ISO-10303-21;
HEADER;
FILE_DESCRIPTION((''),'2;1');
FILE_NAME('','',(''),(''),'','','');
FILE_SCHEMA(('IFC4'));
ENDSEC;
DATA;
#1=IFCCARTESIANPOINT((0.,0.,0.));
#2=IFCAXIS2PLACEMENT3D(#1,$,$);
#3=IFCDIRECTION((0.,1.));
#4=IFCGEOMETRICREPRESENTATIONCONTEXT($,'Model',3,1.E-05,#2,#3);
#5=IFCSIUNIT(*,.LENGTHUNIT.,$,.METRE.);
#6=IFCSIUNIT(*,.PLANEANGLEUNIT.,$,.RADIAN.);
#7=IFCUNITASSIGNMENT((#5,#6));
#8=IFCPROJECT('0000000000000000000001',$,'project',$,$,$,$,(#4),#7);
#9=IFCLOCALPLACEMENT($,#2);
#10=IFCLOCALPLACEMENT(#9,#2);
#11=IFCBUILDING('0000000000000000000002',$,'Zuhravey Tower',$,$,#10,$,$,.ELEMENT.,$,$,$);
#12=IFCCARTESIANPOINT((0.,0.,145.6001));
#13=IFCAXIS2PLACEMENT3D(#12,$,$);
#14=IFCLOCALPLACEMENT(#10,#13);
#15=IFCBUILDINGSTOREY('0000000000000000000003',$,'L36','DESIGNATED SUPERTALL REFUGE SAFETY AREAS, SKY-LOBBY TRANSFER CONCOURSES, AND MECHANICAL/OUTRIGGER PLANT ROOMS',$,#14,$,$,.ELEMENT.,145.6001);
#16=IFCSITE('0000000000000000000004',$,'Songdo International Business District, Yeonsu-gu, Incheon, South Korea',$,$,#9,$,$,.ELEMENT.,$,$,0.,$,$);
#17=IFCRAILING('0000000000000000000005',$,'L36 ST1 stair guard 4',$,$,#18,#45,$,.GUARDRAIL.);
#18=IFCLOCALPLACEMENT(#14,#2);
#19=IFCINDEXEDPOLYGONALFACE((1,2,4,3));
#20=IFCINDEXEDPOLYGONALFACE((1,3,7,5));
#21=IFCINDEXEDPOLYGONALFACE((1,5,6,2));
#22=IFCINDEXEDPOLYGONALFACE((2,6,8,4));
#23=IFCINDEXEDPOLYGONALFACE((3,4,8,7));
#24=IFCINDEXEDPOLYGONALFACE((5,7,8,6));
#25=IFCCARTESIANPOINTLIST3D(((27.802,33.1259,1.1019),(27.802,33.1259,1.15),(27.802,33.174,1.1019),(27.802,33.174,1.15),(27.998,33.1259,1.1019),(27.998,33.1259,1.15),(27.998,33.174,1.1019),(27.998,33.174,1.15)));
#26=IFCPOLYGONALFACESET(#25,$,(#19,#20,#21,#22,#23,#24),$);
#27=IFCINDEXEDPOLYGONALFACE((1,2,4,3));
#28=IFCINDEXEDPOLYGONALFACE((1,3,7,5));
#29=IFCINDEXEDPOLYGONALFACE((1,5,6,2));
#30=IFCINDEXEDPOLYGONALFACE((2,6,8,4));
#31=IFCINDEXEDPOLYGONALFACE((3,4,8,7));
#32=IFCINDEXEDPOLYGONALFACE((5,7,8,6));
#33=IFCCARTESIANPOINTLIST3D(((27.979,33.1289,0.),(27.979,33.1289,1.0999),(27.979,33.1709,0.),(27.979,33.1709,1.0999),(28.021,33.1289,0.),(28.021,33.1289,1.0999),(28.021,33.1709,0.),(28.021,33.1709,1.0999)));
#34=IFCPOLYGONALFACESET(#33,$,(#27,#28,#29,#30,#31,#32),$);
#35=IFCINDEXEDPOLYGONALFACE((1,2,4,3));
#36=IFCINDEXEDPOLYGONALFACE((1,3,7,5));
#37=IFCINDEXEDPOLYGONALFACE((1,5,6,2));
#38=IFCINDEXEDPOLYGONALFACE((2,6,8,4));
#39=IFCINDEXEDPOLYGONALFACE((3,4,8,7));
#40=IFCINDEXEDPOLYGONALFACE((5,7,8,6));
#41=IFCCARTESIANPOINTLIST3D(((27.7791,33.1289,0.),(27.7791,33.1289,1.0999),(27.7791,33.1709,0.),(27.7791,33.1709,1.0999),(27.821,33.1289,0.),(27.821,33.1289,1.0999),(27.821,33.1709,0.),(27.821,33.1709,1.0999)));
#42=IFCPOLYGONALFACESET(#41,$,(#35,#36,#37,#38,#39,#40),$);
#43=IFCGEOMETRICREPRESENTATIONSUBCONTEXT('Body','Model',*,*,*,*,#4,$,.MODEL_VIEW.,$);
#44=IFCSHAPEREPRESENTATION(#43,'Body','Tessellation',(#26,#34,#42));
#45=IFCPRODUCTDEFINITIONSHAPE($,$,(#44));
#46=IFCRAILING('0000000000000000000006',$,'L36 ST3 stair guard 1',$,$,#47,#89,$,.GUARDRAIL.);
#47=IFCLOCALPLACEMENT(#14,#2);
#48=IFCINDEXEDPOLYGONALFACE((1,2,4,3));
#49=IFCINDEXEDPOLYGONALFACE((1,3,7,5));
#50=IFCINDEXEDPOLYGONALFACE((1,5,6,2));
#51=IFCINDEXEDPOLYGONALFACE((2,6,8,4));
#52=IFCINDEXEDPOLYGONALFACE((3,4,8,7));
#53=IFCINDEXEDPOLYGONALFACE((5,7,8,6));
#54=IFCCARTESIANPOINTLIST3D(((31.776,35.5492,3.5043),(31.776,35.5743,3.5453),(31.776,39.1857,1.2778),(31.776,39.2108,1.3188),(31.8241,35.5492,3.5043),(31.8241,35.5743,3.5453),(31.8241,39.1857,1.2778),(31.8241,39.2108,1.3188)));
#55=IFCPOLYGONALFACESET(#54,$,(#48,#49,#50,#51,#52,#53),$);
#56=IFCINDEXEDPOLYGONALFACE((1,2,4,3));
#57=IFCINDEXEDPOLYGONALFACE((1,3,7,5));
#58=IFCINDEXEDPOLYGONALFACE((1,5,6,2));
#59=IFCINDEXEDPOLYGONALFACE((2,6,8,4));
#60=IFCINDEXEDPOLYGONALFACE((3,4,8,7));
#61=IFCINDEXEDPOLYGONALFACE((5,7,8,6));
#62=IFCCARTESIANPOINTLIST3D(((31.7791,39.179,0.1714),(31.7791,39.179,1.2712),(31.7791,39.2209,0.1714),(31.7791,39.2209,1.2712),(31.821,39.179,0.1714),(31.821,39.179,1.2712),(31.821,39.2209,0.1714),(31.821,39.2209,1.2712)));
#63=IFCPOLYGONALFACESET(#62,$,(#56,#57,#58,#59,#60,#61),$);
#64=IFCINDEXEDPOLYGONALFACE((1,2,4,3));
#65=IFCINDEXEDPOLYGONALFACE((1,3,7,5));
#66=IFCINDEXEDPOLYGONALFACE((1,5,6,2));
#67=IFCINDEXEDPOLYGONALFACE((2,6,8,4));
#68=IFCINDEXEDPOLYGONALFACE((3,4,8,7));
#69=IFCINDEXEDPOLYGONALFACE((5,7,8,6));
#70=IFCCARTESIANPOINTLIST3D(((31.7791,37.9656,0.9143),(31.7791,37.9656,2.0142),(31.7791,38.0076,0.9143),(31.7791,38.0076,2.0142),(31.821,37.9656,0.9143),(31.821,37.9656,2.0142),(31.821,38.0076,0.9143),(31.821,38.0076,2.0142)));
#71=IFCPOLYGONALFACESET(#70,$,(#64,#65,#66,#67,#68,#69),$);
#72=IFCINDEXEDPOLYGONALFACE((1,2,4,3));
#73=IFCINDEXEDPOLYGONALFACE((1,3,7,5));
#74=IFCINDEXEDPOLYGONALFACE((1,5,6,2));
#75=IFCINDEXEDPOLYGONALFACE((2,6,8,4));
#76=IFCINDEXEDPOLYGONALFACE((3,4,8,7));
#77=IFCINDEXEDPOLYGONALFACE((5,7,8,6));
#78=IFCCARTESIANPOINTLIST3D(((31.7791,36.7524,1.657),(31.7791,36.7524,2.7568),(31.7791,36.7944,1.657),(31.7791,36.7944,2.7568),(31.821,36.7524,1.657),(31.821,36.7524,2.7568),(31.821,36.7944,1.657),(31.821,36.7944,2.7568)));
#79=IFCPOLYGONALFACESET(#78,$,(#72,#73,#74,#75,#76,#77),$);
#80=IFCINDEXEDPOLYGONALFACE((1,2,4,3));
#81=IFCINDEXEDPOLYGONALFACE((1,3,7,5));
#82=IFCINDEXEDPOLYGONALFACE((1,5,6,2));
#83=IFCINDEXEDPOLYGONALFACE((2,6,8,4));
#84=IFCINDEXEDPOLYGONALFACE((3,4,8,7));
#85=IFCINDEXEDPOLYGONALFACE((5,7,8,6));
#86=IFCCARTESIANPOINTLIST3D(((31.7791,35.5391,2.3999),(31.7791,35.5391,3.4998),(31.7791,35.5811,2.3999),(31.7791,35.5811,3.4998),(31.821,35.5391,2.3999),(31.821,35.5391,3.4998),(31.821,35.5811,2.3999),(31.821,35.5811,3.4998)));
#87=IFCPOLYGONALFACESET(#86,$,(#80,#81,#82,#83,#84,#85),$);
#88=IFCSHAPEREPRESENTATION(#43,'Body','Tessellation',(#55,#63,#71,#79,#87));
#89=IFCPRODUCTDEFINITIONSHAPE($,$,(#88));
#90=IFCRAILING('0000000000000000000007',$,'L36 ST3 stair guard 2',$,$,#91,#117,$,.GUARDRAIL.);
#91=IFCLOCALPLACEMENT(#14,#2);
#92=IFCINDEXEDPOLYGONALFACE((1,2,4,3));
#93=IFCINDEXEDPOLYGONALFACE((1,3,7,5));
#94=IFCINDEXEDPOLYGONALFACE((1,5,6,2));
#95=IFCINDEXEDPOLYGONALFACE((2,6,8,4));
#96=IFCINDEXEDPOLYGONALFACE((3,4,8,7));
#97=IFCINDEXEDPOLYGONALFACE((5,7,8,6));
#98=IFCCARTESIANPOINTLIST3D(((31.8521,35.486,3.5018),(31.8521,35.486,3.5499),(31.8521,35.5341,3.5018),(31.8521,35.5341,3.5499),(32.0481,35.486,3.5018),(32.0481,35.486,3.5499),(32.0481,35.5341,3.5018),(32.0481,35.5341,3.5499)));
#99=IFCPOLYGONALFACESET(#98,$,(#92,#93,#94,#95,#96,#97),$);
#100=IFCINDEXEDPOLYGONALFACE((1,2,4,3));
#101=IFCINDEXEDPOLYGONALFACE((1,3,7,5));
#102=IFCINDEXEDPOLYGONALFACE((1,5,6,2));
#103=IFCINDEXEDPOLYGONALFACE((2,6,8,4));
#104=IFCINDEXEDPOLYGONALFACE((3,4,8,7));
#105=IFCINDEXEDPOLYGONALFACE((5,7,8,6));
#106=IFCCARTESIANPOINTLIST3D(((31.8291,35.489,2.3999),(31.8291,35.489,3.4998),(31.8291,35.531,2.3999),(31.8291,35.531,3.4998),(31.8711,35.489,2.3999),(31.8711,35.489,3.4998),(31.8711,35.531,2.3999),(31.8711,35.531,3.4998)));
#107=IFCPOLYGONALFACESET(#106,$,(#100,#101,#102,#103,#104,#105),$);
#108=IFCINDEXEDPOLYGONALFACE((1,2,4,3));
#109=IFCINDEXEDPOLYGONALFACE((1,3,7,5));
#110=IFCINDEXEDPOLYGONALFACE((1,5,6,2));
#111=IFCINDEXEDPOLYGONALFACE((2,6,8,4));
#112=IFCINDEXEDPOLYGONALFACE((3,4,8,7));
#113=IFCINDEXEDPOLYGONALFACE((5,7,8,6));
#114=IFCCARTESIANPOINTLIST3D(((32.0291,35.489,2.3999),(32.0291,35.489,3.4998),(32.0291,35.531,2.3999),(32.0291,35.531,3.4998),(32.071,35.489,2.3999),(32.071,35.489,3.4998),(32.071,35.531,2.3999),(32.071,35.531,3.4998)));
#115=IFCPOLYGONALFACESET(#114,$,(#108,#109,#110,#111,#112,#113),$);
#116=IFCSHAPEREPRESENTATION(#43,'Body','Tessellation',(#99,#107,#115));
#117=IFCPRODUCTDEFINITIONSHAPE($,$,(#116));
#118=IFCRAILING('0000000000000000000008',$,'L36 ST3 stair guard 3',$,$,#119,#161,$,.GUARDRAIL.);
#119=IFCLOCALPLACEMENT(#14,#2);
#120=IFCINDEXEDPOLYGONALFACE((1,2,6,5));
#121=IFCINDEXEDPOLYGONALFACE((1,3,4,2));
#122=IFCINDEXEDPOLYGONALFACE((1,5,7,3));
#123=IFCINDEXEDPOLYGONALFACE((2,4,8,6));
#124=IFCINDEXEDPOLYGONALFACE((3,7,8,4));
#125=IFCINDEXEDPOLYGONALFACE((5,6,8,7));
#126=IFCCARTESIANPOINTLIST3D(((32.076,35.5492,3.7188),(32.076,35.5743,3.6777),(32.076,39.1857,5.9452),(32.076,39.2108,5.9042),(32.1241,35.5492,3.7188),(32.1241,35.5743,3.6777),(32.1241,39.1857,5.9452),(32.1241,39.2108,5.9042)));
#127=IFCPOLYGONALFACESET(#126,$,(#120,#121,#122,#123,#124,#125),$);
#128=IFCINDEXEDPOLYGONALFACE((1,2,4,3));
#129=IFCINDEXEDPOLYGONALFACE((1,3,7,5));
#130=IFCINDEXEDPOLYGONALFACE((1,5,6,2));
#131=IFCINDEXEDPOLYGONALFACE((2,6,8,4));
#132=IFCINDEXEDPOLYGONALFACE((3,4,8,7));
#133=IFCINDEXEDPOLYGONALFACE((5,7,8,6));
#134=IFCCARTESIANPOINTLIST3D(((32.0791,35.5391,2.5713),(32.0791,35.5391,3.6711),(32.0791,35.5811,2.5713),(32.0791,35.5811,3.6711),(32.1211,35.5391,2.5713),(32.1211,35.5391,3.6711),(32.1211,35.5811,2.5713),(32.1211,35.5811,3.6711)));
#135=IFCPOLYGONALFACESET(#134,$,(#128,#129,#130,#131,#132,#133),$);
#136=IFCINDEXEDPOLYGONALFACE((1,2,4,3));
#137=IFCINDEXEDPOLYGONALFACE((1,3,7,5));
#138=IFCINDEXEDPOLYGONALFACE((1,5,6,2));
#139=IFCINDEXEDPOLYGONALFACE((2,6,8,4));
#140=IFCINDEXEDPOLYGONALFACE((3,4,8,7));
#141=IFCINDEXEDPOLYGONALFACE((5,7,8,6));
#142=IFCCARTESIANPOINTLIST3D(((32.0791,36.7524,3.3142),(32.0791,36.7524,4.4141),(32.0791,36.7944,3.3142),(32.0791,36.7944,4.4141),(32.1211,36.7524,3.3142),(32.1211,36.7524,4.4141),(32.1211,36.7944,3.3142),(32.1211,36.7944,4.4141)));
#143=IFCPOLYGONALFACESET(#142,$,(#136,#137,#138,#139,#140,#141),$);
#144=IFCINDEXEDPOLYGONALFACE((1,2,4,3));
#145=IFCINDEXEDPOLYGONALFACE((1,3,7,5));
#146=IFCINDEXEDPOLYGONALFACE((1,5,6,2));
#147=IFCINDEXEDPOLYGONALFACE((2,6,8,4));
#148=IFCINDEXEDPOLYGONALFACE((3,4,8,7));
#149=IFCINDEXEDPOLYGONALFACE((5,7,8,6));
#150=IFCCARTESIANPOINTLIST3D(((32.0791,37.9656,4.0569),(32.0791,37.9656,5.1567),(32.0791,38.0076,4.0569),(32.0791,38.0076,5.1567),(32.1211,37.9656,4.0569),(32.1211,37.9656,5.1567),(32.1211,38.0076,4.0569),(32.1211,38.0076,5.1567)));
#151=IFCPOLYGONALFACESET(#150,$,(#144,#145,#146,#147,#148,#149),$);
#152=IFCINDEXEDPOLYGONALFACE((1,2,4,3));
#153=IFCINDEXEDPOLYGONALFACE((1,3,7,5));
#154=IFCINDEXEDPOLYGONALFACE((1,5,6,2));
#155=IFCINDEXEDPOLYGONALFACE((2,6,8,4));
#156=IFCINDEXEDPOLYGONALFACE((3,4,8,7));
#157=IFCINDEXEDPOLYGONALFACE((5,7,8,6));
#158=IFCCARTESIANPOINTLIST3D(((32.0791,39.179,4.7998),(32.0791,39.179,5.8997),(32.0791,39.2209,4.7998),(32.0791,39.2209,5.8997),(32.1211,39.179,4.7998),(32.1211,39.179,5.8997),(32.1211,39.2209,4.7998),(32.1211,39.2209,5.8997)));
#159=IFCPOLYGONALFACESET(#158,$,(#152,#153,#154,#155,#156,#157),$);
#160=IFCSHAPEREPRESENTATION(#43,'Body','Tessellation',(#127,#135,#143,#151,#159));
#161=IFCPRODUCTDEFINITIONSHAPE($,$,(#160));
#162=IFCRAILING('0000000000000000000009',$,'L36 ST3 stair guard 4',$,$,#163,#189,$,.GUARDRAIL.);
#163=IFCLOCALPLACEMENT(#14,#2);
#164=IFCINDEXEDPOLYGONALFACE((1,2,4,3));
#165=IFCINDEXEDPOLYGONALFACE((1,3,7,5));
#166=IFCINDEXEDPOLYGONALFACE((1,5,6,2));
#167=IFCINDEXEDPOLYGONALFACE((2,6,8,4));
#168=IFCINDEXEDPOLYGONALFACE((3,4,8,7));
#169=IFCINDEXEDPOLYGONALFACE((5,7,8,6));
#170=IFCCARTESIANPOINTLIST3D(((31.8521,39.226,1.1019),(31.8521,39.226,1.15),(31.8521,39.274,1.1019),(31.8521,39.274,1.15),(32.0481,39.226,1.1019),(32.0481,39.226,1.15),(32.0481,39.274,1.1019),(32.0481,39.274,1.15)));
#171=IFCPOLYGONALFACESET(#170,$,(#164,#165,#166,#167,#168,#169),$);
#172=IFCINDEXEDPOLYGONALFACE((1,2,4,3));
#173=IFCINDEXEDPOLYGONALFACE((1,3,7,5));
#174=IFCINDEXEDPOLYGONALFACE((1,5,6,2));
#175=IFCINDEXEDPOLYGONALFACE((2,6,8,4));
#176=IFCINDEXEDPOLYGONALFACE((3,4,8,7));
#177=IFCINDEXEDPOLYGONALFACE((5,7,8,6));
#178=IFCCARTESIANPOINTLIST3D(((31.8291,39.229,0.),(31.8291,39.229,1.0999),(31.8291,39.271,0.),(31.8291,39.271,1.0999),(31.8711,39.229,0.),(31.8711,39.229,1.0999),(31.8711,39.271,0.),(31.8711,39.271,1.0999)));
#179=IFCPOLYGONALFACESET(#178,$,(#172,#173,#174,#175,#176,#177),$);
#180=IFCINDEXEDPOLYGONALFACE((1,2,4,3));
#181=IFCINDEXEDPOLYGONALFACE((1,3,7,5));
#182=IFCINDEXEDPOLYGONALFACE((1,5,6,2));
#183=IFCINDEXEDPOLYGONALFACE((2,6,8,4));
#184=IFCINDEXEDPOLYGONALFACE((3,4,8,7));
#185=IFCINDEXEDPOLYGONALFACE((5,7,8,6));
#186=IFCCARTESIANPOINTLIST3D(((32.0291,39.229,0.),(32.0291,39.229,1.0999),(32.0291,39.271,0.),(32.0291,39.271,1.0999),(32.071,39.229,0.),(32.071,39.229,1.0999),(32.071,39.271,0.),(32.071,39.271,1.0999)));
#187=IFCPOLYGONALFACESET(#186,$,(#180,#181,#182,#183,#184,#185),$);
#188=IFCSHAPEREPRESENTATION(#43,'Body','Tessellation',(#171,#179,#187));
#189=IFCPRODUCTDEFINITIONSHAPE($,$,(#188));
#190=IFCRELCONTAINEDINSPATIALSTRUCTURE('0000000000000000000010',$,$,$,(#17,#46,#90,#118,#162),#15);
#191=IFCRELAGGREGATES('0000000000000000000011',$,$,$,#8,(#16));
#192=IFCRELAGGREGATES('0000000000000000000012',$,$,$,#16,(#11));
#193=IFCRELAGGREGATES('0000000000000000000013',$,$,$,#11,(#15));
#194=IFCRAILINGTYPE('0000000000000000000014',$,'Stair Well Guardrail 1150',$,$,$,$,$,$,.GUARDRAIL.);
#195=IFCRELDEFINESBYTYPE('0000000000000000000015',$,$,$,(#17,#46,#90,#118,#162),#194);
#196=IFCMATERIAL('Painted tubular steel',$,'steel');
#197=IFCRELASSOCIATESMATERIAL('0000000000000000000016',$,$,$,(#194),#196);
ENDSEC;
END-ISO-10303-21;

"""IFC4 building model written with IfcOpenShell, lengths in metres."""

from ifc_helpers import new_model, si_unit, direction, frame, origin, origin_2d, place, context, subcontext, project, spatial, rectangle, extrude, material, type_object, element, save


model = new_model("IFC4")

# Units and contexts
model_context = context("Model", 3, precision=1e-05, world=origin(), true_north=direction((0.0, 1.0)))
body_context = subcontext(model_context, "Body", "Model", "MODEL_VIEW")
ifc_project = project(units=[si_unit("LENGTHUNIT", "METRE"), si_unit("PLANEANGLEUNIT", "RADIAN")], contexts=[model_context])

# Site, building, storey
site_placement = place(None, origin())
site = spatial("IfcSite", under=ifc_project, at=site_placement, Name="Songdo International Business District, Yeonsu-gu, Incheon, South Korea", CompositionType="ELEMENT", RefElevation=0.0)
building_placement = place(site_placement, origin())
building = spatial("IfcBuilding", under=site, at=building_placement, Name="Zuhravey Tower", CompositionType="ELEMENT")
storey_placement = place(building_placement, frame((0.0, 0.0, 145.6001)))
storey = spatial("IfcBuildingStorey", under=building, at=storey_placement, Name="L36", Description="DESIGNATED SUPERTALL REFUGE SAFETY AREAS, SKY-LOBBY TRANSFER CONCOURSES, AND MECHANICAL/OUTRIGGER PLANT ROOMS", CompositionType="ELEMENT", Elevation=145.6001)

# Railings
ifc_material_1 = material(Name="Painted tubular steel", Category="steel")
railing_type_1 = type_object("IfcRailingType", Name="Stair Well Guardrail 1150", PredefinedType="GUARDRAIL", material=ifc_material_1)
railing_1_placement = place(storey_placement, frame((28.0, 33.1499, 0.0)))
element("IfcRailing", 1, at=railing_1_placement, inside=storey, type_object=railing_type_1, Name="L36 ST1 stair guard 4", PredefinedType="GUARDRAIL", context=body_context, shape_type="SweptSolid", body=[
    extrude(rectangle(XDim=0.0481, YDim=0.0481, at=origin_2d()), frame((-0.002, 0.0, 1.126), z_axis=(-1.0, 0.0, 0.0), x_axis=(0.0, -1.0, 0.0)), (0.0, 0.0, 1.0), 0.196),
    extrude(rectangle(XDim=0.042, YDim=0.042, at=origin_2d()), origin(), (0.0, 0.0, 1.0), 1.0999),
    extrude(rectangle(XDim=0.042, YDim=0.042, at=origin_2d()), frame((-0.2, 0.0, 0.0)), (0.0, 0.0, 1.0), 1.0999),
])
railing_2_placement = place(storey_placement, frame((31.8, 39.2, 0.1714)))
element("IfcRailing", 2, at=railing_2_placement, inside=storey, type_object=railing_type_1, Name="L36 ST3 stair guard 1", PredefinedType="GUARDRAIL", context=body_context, shape_type="SweptSolid", body=[
    extrude(rectangle(XDim=0.0481, YDim=0.0481, at=origin_2d()), frame((0.0, -0.0017, 1.127), z_axis=(0.0, -0.85285, 0.522156), x_axis=(1.0, 0.0, 0.0)), (0.0, 0.0, 1.0), 4.2639),
    extrude(rectangle(XDim=0.042, YDim=0.042, at=origin_2d()), origin(), (0.0, 0.0, 1.0), 1.0999),
    extrude(rectangle(XDim=0.042, YDim=0.042, at=origin_2d()), frame((0.0, -1.2134, 0.7429)), (0.0, 0.0, 1.0), 1.0999),
    extrude(rectangle(XDim=0.042, YDim=0.042, at=origin_2d()), frame((0.0, -2.4265, 1.4856)), (0.0, 0.0, 1.0), 1.0999),
    extrude(rectangle(XDim=0.042, YDim=0.042, at=origin_2d()), frame((0.0, -3.6399, 2.2285)), (0.0, 0.0, 1.0), 1.0999),
])
railing_3_placement = place(storey_placement, frame((31.8501, 35.51, 2.3999)))
element("IfcRailing", 3, at=railing_3_placement, inside=storey, type_object=railing_type_1, Name="L36 ST3 stair guard 2", PredefinedType="GUARDRAIL", context=body_context, shape_type="SweptSolid", body=[
    extrude(rectangle(XDim=0.0481, YDim=0.0481, at=origin_2d()), frame((0.002, 0.0, 1.126), z_axis=(1.0, 0.0, 0.0), x_axis=(0.0, 1.0, 0.0)), (0.0, 0.0, 1.0), 0.196),
    extrude(rectangle(XDim=0.042, YDim=0.042, at=origin_2d()), origin(), (0.0, 0.0, 1.0), 1.0999),
    extrude(rectangle(XDim=0.042, YDim=0.042, at=origin_2d()), frame((0.2, 0.0, 0.0)), (0.0, 0.0, 1.0), 1.0999),
])
railing_4_placement = place(storey_placement, frame((32.1001, 35.5601, 2.5713)))
element("IfcRailing", 4, at=railing_4_placement, inside=storey, type_object=railing_type_1, Name="L36 ST3 stair guard 3", PredefinedType="GUARDRAIL", context=body_context, shape_type="SweptSolid", body=[
    extrude(rectangle(XDim=0.0481, YDim=0.0481, at=origin_2d()), frame((0.0, 0.0017, 1.127), z_axis=(0.0, 0.85285, 0.522156), x_axis=(-1.0, 0.0, 0.0)), (0.0, 0.0, 1.0), 4.2639),
    extrude(rectangle(XDim=0.042, YDim=0.042, at=origin_2d()), origin(), (0.0, 0.0, 1.0), 1.0999),
    extrude(rectangle(XDim=0.042, YDim=0.042, at=origin_2d()), frame((0.0, 1.2134, 0.7429)), (0.0, 0.0, 1.0), 1.0999),
    extrude(rectangle(XDim=0.042, YDim=0.042, at=origin_2d()), frame((0.0, 2.4265, 1.4856)), (0.0, 0.0, 1.0), 1.0999),
    extrude(rectangle(XDim=0.042, YDim=0.042, at=origin_2d()), frame((0.0, 3.6399, 2.2285)), (0.0, 0.0, 1.0), 1.0999),
])
railing_5_placement = place(storey_placement, frame((31.8501, 39.25, 0.0)))
element("IfcRailing", 5, at=railing_5_placement, inside=storey, type_object=railing_type_1, Name="L36 ST3 stair guard 4", PredefinedType="GUARDRAIL", context=body_context, shape_type="SweptSolid", body=[
    extrude(rectangle(XDim=0.0481, YDim=0.0481, at=origin_2d()), frame((0.002, 0.0, 1.126), z_axis=(1.0, 0.0, 0.0), x_axis=(0.0, 1.0, 0.0)), (0.0, 0.0, 1.0), 0.196),
    extrude(rectangle(XDim=0.042, YDim=0.042, at=origin_2d()), origin(), (0.0, 0.0, 1.0), 1.0999),
    extrude(rectangle(XDim=0.042, YDim=0.042, at=origin_2d()), frame((0.2, 0.0, 0.0)), (0.0, 0.0, 1.0), 1.0999),
])

save(model, "model.ifc")
